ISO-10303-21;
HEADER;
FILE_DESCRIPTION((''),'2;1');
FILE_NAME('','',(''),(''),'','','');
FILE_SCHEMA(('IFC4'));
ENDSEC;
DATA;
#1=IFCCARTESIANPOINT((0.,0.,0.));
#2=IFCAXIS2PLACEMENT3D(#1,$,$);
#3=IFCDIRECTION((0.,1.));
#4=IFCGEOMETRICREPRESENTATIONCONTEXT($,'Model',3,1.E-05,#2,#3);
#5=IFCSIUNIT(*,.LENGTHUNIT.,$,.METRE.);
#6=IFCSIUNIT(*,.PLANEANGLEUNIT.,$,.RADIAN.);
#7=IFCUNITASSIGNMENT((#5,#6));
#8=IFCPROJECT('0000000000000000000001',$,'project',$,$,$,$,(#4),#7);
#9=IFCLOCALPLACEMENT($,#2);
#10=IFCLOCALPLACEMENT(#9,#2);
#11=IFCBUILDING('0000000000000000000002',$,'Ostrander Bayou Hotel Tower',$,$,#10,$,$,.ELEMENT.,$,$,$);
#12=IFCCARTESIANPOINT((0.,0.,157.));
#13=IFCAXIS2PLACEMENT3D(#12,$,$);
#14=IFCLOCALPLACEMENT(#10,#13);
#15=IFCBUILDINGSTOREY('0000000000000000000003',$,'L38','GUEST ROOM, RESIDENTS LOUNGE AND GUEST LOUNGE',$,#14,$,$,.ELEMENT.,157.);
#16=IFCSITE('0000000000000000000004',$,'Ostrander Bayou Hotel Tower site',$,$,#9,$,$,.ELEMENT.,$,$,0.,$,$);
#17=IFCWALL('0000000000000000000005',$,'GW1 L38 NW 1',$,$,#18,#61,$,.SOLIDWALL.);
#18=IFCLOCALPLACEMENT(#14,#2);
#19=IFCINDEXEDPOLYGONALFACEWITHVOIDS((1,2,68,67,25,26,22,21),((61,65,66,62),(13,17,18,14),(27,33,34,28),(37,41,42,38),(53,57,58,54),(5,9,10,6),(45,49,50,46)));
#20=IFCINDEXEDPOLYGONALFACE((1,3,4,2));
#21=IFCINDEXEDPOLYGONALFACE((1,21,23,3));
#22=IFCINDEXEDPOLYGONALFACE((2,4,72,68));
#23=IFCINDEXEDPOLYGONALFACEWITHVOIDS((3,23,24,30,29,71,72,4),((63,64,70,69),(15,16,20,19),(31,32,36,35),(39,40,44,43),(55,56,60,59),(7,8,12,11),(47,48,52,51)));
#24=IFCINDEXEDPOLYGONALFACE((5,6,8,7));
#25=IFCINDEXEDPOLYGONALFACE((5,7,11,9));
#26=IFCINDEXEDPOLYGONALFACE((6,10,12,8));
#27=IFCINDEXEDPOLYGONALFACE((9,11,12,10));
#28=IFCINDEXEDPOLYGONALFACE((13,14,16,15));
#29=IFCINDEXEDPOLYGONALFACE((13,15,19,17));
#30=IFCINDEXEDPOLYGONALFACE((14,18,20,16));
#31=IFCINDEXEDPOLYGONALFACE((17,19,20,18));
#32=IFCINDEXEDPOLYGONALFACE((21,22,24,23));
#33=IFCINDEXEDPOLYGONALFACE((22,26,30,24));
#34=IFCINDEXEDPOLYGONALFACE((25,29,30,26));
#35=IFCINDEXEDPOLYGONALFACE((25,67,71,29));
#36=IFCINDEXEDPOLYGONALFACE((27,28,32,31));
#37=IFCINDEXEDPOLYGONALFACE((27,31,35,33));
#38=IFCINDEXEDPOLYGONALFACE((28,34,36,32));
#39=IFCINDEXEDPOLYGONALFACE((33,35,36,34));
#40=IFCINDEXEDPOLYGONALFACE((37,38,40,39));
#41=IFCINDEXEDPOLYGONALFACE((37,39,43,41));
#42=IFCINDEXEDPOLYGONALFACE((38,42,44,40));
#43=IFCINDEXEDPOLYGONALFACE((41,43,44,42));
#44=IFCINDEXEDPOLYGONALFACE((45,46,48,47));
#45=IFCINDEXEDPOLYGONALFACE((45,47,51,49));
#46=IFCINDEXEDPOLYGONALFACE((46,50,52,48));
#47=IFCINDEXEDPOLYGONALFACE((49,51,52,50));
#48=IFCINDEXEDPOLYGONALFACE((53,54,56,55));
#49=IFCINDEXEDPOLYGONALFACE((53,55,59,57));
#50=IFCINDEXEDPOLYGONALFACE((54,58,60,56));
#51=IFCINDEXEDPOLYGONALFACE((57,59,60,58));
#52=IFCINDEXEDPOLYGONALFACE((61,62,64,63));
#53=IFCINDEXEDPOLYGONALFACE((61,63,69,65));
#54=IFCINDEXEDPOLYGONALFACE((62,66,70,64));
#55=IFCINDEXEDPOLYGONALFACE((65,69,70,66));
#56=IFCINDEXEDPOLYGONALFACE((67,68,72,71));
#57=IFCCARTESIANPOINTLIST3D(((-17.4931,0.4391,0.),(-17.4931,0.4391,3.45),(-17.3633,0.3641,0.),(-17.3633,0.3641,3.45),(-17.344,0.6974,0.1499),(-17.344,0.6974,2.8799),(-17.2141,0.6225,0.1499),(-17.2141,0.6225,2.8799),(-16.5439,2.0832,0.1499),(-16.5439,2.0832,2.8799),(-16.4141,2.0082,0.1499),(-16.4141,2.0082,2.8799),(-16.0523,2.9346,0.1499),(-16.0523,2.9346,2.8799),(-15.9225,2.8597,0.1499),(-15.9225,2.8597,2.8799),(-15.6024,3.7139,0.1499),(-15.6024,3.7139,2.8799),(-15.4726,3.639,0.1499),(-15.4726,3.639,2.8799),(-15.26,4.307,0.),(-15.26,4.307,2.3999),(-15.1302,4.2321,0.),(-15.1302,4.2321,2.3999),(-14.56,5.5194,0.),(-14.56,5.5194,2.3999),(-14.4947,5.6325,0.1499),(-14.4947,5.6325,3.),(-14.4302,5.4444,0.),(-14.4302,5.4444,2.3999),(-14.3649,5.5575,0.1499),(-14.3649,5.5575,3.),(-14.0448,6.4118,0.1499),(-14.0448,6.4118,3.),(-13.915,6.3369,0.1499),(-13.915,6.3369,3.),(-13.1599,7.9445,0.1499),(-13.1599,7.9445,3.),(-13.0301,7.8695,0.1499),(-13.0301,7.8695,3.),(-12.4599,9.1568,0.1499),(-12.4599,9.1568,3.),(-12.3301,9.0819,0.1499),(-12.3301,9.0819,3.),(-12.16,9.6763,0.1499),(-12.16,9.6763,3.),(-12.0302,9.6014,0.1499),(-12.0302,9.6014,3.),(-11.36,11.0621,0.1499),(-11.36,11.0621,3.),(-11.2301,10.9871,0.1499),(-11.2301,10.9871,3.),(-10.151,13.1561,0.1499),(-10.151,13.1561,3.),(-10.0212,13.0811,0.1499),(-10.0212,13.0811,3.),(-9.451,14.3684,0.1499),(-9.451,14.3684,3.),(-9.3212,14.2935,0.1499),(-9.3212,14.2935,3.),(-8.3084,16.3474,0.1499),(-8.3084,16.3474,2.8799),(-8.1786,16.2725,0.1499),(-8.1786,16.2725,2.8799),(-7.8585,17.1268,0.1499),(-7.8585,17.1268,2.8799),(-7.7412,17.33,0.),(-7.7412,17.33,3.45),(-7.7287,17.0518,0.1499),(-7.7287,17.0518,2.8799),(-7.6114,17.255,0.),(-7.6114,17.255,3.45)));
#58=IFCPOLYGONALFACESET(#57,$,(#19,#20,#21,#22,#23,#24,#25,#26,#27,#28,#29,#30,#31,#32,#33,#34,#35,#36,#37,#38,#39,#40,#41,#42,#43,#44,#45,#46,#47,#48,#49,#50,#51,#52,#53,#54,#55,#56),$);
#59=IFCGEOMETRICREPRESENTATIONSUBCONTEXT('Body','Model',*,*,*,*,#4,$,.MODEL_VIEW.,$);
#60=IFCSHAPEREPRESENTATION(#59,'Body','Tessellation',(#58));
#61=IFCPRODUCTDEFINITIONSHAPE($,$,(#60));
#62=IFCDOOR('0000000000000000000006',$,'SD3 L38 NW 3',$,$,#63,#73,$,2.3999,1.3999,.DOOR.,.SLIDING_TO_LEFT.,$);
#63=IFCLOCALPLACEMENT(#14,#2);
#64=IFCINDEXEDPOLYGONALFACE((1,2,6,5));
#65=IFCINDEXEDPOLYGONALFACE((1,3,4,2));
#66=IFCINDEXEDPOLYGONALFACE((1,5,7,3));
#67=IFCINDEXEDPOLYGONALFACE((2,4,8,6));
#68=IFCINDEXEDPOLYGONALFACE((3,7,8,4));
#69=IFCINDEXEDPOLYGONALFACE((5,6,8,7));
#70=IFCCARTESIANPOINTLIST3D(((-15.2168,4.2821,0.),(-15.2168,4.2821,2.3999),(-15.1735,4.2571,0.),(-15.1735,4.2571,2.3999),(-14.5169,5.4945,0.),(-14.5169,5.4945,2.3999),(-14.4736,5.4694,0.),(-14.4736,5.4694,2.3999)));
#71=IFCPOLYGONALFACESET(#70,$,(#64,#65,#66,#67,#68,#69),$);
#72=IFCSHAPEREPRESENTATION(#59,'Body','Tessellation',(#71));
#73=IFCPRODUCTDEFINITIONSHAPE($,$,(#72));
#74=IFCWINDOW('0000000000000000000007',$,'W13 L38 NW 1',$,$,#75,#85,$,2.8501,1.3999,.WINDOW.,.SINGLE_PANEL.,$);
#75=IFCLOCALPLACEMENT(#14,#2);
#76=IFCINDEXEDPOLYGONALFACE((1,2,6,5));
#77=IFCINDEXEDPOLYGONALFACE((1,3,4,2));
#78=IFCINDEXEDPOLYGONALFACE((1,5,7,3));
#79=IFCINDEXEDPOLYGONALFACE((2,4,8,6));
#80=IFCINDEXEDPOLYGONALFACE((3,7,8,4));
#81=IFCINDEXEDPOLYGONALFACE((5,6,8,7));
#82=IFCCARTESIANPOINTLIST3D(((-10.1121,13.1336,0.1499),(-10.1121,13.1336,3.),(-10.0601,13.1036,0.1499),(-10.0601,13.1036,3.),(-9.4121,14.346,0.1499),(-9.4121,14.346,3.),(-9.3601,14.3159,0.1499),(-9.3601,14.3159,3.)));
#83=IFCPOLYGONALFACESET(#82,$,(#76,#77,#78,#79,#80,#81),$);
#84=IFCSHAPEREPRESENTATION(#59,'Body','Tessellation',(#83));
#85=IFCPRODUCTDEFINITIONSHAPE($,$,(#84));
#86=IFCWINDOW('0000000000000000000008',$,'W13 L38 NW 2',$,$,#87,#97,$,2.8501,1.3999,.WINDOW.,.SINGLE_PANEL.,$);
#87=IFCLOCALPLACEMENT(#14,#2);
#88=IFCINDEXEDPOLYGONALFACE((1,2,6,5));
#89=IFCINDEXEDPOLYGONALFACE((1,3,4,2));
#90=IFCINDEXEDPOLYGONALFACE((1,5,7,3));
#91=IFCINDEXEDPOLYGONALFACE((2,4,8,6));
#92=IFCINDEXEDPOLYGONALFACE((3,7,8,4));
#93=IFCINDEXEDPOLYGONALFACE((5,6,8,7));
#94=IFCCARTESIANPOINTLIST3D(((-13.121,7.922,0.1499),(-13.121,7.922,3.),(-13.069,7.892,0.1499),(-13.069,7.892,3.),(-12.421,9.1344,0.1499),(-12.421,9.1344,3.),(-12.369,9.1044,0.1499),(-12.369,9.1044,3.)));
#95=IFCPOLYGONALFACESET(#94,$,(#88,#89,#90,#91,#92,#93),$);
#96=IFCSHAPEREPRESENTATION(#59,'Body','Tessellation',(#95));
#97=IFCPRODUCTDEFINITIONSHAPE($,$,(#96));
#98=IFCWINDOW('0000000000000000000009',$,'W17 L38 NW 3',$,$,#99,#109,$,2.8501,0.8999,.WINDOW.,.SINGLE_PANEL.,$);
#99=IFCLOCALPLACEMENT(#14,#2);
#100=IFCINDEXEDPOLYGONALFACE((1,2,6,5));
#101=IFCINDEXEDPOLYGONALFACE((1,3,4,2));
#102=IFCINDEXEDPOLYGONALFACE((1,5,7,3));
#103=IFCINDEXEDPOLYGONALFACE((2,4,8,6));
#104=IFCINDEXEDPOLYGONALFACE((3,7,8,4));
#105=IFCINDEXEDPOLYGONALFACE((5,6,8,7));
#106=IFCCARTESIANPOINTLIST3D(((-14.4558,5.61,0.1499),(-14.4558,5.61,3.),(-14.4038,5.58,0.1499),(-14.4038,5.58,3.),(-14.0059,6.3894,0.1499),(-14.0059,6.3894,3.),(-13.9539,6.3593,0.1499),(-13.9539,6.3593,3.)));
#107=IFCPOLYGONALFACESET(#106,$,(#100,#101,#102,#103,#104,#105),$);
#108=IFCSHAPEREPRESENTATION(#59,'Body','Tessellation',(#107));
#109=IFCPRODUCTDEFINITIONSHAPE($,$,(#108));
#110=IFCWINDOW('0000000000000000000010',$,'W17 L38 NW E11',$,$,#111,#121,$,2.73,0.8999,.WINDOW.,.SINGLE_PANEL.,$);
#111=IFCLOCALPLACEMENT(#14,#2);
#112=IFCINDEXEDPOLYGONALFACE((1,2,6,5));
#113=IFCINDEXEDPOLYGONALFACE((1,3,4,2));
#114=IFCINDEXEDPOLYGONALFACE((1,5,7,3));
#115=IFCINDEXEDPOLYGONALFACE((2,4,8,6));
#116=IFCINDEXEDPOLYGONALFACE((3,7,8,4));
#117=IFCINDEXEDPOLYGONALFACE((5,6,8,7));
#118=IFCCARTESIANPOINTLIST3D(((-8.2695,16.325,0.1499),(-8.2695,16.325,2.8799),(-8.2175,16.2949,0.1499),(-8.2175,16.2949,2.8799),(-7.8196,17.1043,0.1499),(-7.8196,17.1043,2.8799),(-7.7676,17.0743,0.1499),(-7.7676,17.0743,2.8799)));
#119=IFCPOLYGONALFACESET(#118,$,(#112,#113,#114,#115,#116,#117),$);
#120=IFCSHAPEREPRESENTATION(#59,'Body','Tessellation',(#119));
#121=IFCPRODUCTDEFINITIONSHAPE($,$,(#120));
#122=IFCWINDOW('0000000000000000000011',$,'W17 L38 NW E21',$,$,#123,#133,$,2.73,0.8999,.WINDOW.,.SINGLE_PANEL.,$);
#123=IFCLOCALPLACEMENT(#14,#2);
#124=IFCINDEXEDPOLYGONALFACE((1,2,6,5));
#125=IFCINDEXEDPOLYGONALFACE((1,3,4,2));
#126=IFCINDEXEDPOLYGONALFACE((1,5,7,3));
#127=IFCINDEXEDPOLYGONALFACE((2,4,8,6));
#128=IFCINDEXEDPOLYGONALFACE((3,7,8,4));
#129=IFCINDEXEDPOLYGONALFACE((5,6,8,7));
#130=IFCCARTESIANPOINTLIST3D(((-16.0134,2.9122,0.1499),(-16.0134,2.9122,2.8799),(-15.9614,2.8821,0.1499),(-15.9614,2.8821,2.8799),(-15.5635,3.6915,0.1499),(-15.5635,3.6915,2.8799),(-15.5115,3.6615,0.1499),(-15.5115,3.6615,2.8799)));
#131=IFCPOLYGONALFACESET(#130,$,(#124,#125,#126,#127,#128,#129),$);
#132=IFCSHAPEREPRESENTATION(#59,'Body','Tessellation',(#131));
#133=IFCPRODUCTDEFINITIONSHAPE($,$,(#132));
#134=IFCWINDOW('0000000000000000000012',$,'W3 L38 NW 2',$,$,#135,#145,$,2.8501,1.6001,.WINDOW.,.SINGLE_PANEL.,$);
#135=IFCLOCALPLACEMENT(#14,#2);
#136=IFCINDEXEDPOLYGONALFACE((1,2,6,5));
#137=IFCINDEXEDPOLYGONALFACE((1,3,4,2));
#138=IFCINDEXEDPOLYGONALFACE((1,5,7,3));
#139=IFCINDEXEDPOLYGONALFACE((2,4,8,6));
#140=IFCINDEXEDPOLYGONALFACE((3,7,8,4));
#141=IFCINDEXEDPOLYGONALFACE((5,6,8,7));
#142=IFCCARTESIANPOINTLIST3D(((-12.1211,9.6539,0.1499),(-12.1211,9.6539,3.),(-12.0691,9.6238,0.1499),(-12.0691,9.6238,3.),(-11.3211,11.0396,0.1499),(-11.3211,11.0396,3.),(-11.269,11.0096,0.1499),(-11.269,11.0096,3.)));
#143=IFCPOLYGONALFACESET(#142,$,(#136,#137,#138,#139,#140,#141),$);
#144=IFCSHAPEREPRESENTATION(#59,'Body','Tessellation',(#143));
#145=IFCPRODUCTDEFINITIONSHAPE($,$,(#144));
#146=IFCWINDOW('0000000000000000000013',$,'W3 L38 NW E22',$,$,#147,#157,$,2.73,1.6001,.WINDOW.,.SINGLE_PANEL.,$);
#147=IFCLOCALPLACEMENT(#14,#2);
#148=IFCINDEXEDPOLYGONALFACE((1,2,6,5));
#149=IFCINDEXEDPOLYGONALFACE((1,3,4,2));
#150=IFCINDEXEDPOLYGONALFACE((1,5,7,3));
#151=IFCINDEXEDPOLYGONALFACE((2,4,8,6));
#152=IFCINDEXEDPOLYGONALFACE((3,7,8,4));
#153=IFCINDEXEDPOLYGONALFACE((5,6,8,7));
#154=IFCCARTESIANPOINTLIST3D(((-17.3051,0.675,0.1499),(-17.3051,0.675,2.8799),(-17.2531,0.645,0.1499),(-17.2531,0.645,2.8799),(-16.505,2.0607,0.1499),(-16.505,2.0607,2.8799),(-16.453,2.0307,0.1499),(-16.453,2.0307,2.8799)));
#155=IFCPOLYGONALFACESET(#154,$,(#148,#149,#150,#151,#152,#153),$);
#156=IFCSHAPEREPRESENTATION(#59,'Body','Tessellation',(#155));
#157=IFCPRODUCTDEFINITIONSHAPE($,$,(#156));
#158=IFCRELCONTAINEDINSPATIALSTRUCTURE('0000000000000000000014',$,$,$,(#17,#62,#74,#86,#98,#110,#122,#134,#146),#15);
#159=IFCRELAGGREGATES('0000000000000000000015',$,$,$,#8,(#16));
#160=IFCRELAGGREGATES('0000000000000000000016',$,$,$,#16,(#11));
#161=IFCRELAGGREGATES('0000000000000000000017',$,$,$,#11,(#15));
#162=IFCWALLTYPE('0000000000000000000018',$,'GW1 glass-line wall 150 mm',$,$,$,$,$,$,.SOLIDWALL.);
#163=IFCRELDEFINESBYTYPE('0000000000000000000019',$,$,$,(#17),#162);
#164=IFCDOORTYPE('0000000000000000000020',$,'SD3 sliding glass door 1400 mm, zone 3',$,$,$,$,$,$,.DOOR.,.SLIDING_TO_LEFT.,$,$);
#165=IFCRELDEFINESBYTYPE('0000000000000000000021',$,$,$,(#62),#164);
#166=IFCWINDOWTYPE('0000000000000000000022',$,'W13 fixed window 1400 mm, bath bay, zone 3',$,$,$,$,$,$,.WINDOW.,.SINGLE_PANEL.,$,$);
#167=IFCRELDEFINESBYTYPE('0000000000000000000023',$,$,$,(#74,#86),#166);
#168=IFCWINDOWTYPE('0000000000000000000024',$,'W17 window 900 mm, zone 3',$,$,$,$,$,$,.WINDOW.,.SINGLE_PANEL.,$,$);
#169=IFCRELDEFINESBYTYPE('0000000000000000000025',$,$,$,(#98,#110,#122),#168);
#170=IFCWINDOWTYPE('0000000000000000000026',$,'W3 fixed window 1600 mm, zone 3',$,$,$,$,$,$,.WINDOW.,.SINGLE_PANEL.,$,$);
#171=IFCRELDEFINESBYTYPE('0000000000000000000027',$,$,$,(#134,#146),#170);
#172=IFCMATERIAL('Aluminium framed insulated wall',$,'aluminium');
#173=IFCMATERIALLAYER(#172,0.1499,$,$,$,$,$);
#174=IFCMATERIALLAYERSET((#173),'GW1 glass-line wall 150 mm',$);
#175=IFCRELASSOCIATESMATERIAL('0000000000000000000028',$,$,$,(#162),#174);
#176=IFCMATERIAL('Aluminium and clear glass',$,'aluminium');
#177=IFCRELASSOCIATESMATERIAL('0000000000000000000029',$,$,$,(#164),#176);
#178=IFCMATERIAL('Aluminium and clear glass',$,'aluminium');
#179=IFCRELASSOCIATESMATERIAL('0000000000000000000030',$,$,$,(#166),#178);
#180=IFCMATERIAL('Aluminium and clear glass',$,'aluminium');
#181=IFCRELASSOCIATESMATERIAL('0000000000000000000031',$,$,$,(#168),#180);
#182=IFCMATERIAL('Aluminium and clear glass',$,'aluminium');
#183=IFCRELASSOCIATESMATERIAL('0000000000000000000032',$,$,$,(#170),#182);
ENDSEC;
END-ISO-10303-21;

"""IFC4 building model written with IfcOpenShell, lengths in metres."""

from ifc_helpers import new_model, si_unit, direction, frame, frame_2d, origin, place, context, subcontext, project, spatial, rectangle, extrude, material, layer, layer_set, type_object, element, fill, save


model = new_model("IFC4")

# Units and contexts
model_context = context("Model", 3, precision=1e-05, world=origin(), true_north=direction((0.0, 1.0)))
body_context = subcontext(model_context, "Body", "Model", "MODEL_VIEW")
ifc_project = project(units=[si_unit("LENGTHUNIT", "METRE"), si_unit("PLANEANGLEUNIT", "RADIAN")], contexts=[model_context])

# Site, building, storey
site_placement = place(None, origin())
site = spatial("IfcSite", under=ifc_project, at=site_placement, Name="Ostrander Bayou Hotel Tower site", CompositionType="ELEMENT", RefElevation=0.0)
building_placement = place(site_placement, origin())
building = spatial("IfcBuilding", under=site, at=building_placement, Name="Ostrander Bayou Hotel Tower", CompositionType="ELEMENT")
storey_placement = place(building_placement, frame((0.0, 0.0, 157.0)))
storey = spatial("IfcBuildingStorey", under=building, at=storey_placement, Name="L38", Description="GUEST ROOM, RESIDENTS LOUNGE AND GUEST LOUNGE", CompositionType="ELEMENT", Elevation=157.0)

# Wall, openings, door, windows
ifc_material_1 = material(Name="Aluminium framed insulated wall", Category="aluminium")
ifc_layer_1 = layer(ifc_material_1, 0.1499)
ifc_layer_set_1 = layer_set([ifc_layer_1], Name="GW1 glass-line wall 150 mm")
wall_type_1 = type_object("IfcWallType", Name="GW1 glass-line wall 150 mm", PredefinedType="SOLIDWALL", material=ifc_layer_set_1)
wall_1_placement = place(storey_placement, frame((-7.6763, 17.2925, 0.0), z_axis=(0.0, 0.0, 1.0), x_axis=(-0.5, -0.866025, 0.0)))
wall_1 = element("IfcWall", 1, at=wall_1_placement, inside=storey, type_object=wall_type_1, Name="GW1 L38 NW 1", PredefinedType="SOLIDWALL", context=body_context, shape_type="SweptSolid", body=[
    extrude(rectangle(XDim=19.5039, YDim=0.1499, at=frame_2d((9.752, 0.0))), origin(), (0.0, 0.0, 1.0), 3.45),
])
opening_1_placement = place(wall_1_placement, frame((3.4197, 0.0, 0.1499)))
opening_1 = element("IfcOpeningElement", 2, at=opening_1_placement, cuts=wall_1, PredefinedType="OPENING", context=body_context, shape_type="SweptSolid", body=[
    extrude(rectangle(XDim=1.3999, YDim=2.8501, at=frame_2d((0.7, 1.425))), frame((0.0, 0.075, 0.0), z_axis=(0.0, -1.0, 0.0), x_axis=(1.0, 0.0, 0.0)), (0.0, 0.0, 1.0), 0.1499),
])
opening_2_placement = place(wall_1_placement, frame((7.2375, 0.0, 0.1499)))
opening_2 = element("IfcOpeningElement", 3, at=opening_2_placement, cuts=wall_1, PredefinedType="OPENING", context=body_context, shape_type="SweptSolid", body=[
    extrude(rectangle(XDim=1.6001, YDim=2.8501, at=frame_2d((0.8, 1.425))), frame((0.0, 0.075, 0.0), z_axis=(0.0, -1.0, 0.0), x_axis=(1.0, 0.0, 0.0)), (0.0, 0.0, 1.0), 0.1499),
])
opening_3_placement = place(wall_1_placement, frame((9.4375, 0.0, 0.1499)))
opening_3 = element("IfcOpeningElement", 4, at=opening_3_placement, cuts=wall_1, PredefinedType="OPENING", context=body_context, shape_type="SweptSolid", body=[
    extrude(rectangle(XDim=1.3999, YDim=2.8501, at=frame_2d((0.7, 1.425))), frame((0.0, 0.075, 0.0), z_axis=(0.0, -1.0, 0.0), x_axis=(1.0, 0.0, 0.0)), (0.0, 0.0, 1.0), 0.1499),
])
opening_4_placement = place(wall_1_placement, frame((12.6072, 0.0, 0.1499)))
opening_4 = element("IfcOpeningElement", 5, at=opening_4_placement, cuts=wall_1, PredefinedType="OPENING", context=body_context, shape_type="SweptSolid", body=[
    extrude(rectangle(XDim=0.8999, YDim=2.8501, at=frame_2d((0.45, 1.425))), frame((0.0, 0.075, 0.0), z_axis=(0.0, -1.0, 0.0), x_axis=(1.0, 0.0, 0.0)), (0.0, 0.0, 1.0), 0.1499),
])
opening_5_placement = place(wall_1_placement, frame((13.6377, 0.0, 0.0)))
opening_5 = element("IfcOpeningElement", 6, at=opening_5_placement, cuts=wall_1, PredefinedType="OPENING", context=body_context, shape_type="SweptSolid", body=[
    extrude(rectangle(XDim=1.3999, YDim=2.3999, at=frame_2d((0.7, 1.2))), frame((0.0, 0.075, 0.0), z_axis=(0.0, -1.0, 0.0), x_axis=(1.0, 0.0, 0.0)), (0.0, 0.0, 1.0), 0.1499),
])
opening_6_placement = place(wall_1_placement, frame((0.2346, 0.0, 0.1499)))
opening_6 = element("IfcOpeningElement", 7, at=opening_6_placement, cuts=wall_1, PredefinedType="OPENING", context=body_context, shape_type="SweptSolid", body=[
    extrude(rectangle(XDim=0.8999, YDim=2.73, at=frame_2d((0.45, 1.365))), frame((0.0, 0.075, 0.0), z_axis=(0.0, -1.0, 0.0), x_axis=(1.0, 0.0, 0.0)), (0.0, 0.0, 1.0), 0.1499),
])
opening_7_placement = place(wall_1_placement, frame((15.7224, 0.0, 0.1499)))
opening_7 = element("IfcOpeningElement", 8, at=opening_7_placement, cuts=wall_1, PredefinedType="OPENING", context=body_context, shape_type="SweptSolid", body=[
    extrude(rectangle(XDim=0.8999, YDim=2.73, at=frame_2d((0.45, 1.365))), frame((0.0, 0.075, 0.0), z_axis=(0.0, -1.0, 0.0), x_axis=(1.0, 0.0, 0.0)), (0.0, 0.0, 1.0), 0.1499),
])
opening_8_placement = place(wall_1_placement, frame((17.6055, 0.0, 0.1499)))
opening_8 = element("IfcOpeningElement", 9, at=opening_8_placement, cuts=wall_1, PredefinedType="OPENING", context=body_context, shape_type="SweptSolid", body=[
    extrude(rectangle(XDim=1.6001, YDim=2.73, at=frame_2d((0.8, 1.365))), frame((0.0, 0.075, 0.0), z_axis=(0.0, -1.0, 0.0), x_axis=(1.0, 0.0, 0.0)), (0.0, 0.0, 1.0), 0.1499),
])
ifc_material_2 = material(Name="Aluminium and clear glass", Category="aluminium")
door_type_1 = type_object("IfcDoorType", Name="SD3 sliding glass door 1400 mm, zone 3", OperationType="SLIDING_TO_LEFT", PredefinedType="DOOR", material=ifc_material_2)
door_1_placement = place(opening_5_placement, origin())
door_1 = element("IfcDoor", 10, at=door_1_placement, inside=storey, type_object=door_type_1, Name="SD3 L38 NW 3", OperationType="SLIDING_TO_LEFT", OverallHeight=2.3999, OverallWidth=1.3999, PredefinedType="DOOR", context=body_context, shape_type="SweptSolid", body=[
    extrude(rectangle(XDim=1.3999, YDim=2.3999, at=frame_2d((0.7, 1.2))), frame((0.0, 0.0249, 0.0), z_axis=(0.0, -1.0, 0.0), x_axis=(1.0, 0.0, 0.0)), (0.0, 0.0, 1.0), 0.05),
])
fill(opening_5, door_1)
ifc_material_3 = material(Name="Aluminium and clear glass", Category="aluminium")
window_type_1 = type_object("IfcWindowType", Name="W13 fixed window 1400 mm, bath bay, zone 3", PartitioningType="SINGLE_PANEL", PredefinedType="WINDOW", material=ifc_material_3)
window_1_placement = place(opening_1_placement, origin())
window_1 = element("IfcWindow", 11, at=window_1_placement, inside=storey, type_object=window_type_1, Name="W13 L38 NW 1", OverallHeight=2.8501, OverallWidth=1.3999, PartitioningType="SINGLE_PANEL", PredefinedType="WINDOW", context=body_context, shape_type="SweptSolid", body=[
    extrude(rectangle(XDim=1.3999, YDim=2.8501, at=frame_2d((0.7, 1.425))), frame((0.0, 0.03, 0.0), z_axis=(0.0, -1.0, 0.0), x_axis=(1.0, 0.0, 0.0)), (0.0, 0.0, 1.0), 0.0601),
])
fill(opening_1, window_1)
window_2_placement = place(opening_3_placement, origin())
window_2 = element("IfcWindow", 12, at=window_2_placement, inside=storey, type_object=window_type_1, Name="W13 L38 NW 2", OverallHeight=2.8501, OverallWidth=1.3999, PartitioningType="SINGLE_PANEL", PredefinedType="WINDOW", context=body_context, shape_type="SweptSolid", body=[
    extrude(rectangle(XDim=1.3999, YDim=2.8501, at=frame_2d((0.7, 1.425))), frame((0.0, 0.03, 0.0), z_axis=(0.0, -1.0, 0.0), x_axis=(1.0, 0.0, 0.0)), (0.0, 0.0, 1.0), 0.0601),
])
fill(opening_3, window_2)
ifc_material_4 = material(Name="Aluminium and clear glass", Category="aluminium")
window_type_2 = type_object("IfcWindowType", Name="W17 window 900 mm, zone 3", PartitioningType="SINGLE_PANEL", PredefinedType="WINDOW", material=ifc_material_4)
window_3_placement = place(opening_4_placement, origin())
window_3 = element("IfcWindow", 13, at=window_3_placement, inside=storey, type_object=window_type_2, Name="W17 L38 NW 3", OverallHeight=2.8501, OverallWidth=0.8999, PartitioningType="SINGLE_PANEL", PredefinedType="WINDOW", context=body_context, shape_type="SweptSolid", body=[
    extrude(rectangle(XDim=0.8999, YDim=2.8501, at=frame_2d((0.45, 1.425))), frame((0.0, 0.03, 0.0), z_axis=(0.0, -1.0, 0.0), x_axis=(1.0, 0.0, 0.0)), (0.0, 0.0, 1.0), 0.0601),
])
fill(opening_4, window_3)
window_4_placement = place(opening_6_placement, origin())
window_4 = element("IfcWindow", 14, at=window_4_placement, inside=storey, type_object=window_type_2, Name="W17 L38 NW E11", OverallHeight=2.73, OverallWidth=0.8999, PartitioningType="SINGLE_PANEL", PredefinedType="WINDOW", context=body_context, shape_type="SweptSolid", body=[
    extrude(rectangle(XDim=0.8999, YDim=2.73, at=frame_2d((0.45, 1.365))), frame((0.0, 0.03, 0.0), z_axis=(0.0, -1.0, 0.0), x_axis=(1.0, 0.0, 0.0)), (0.0, 0.0, 1.0), 0.0601),
])
fill(opening_6, window_4)
window_5_placement = place(opening_7_placement, origin())
window_5 = element("IfcWindow", 15, at=window_5_placement, inside=storey, type_object=window_type_2, Name="W17 L38 NW E21", OverallHeight=2.73, OverallWidth=0.8999, PartitioningType="SINGLE_PANEL", PredefinedType="WINDOW", context=body_context, shape_type="SweptSolid", body=[
    extrude(rectangle(XDim=0.8999, YDim=2.73, at=frame_2d((0.45, 1.365))), frame((0.0, 0.03, 0.0), z_axis=(0.0, -1.0, 0.0), x_axis=(1.0, 0.0, 0.0)), (0.0, 0.0, 1.0), 0.0601),
])
fill(opening_7, window_5)
ifc_material_5 = material(Name="Aluminium and clear glass", Category="aluminium")
window_type_3 = type_object("IfcWindowType", Name="W3 fixed window 1600 mm, zone 3", PartitioningType="SINGLE_PANEL", PredefinedType="WINDOW", material=ifc_material_5)
window_6_placement = place(opening_2_placement, origin())
window_6 = element("IfcWindow", 16, at=window_6_placement, inside=storey, type_object=window_type_3, Name="W3 L38 NW 2", OverallHeight=2.8501, OverallWidth=1.6001, PartitioningType="SINGLE_PANEL", PredefinedType="WINDOW", context=body_context, shape_type="SweptSolid", body=[
    extrude(rectangle(XDim=1.6001, YDim=2.8501, at=frame_2d((0.8, 1.425))), frame((0.0, 0.03, 0.0), z_axis=(0.0, -1.0, 0.0), x_axis=(1.0, 0.0, 0.0)), (0.0, 0.0, 1.0), 0.0601),
])
fill(opening_2, window_6)
window_7_placement = place(opening_8_placement, origin())
window_7 = element("IfcWindow", 17, at=window_7_placement, inside=storey, type_object=window_type_3, Name="W3 L38 NW E22", OverallHeight=2.73, OverallWidth=1.6001, PartitioningType="SINGLE_PANEL", PredefinedType="WINDOW", context=body_context, shape_type="SweptSolid", body=[
    extrude(rectangle(XDim=1.6001, YDim=2.73, at=frame_2d((0.8, 1.365))), frame((0.0, 0.03, 0.0), z_axis=(0.0, -1.0, 0.0), x_axis=(1.0, 0.0, 0.0)), (0.0, 0.0, 1.0), 0.0601),
])
fill(opening_8, window_7)

save(model, "model.ifc")
